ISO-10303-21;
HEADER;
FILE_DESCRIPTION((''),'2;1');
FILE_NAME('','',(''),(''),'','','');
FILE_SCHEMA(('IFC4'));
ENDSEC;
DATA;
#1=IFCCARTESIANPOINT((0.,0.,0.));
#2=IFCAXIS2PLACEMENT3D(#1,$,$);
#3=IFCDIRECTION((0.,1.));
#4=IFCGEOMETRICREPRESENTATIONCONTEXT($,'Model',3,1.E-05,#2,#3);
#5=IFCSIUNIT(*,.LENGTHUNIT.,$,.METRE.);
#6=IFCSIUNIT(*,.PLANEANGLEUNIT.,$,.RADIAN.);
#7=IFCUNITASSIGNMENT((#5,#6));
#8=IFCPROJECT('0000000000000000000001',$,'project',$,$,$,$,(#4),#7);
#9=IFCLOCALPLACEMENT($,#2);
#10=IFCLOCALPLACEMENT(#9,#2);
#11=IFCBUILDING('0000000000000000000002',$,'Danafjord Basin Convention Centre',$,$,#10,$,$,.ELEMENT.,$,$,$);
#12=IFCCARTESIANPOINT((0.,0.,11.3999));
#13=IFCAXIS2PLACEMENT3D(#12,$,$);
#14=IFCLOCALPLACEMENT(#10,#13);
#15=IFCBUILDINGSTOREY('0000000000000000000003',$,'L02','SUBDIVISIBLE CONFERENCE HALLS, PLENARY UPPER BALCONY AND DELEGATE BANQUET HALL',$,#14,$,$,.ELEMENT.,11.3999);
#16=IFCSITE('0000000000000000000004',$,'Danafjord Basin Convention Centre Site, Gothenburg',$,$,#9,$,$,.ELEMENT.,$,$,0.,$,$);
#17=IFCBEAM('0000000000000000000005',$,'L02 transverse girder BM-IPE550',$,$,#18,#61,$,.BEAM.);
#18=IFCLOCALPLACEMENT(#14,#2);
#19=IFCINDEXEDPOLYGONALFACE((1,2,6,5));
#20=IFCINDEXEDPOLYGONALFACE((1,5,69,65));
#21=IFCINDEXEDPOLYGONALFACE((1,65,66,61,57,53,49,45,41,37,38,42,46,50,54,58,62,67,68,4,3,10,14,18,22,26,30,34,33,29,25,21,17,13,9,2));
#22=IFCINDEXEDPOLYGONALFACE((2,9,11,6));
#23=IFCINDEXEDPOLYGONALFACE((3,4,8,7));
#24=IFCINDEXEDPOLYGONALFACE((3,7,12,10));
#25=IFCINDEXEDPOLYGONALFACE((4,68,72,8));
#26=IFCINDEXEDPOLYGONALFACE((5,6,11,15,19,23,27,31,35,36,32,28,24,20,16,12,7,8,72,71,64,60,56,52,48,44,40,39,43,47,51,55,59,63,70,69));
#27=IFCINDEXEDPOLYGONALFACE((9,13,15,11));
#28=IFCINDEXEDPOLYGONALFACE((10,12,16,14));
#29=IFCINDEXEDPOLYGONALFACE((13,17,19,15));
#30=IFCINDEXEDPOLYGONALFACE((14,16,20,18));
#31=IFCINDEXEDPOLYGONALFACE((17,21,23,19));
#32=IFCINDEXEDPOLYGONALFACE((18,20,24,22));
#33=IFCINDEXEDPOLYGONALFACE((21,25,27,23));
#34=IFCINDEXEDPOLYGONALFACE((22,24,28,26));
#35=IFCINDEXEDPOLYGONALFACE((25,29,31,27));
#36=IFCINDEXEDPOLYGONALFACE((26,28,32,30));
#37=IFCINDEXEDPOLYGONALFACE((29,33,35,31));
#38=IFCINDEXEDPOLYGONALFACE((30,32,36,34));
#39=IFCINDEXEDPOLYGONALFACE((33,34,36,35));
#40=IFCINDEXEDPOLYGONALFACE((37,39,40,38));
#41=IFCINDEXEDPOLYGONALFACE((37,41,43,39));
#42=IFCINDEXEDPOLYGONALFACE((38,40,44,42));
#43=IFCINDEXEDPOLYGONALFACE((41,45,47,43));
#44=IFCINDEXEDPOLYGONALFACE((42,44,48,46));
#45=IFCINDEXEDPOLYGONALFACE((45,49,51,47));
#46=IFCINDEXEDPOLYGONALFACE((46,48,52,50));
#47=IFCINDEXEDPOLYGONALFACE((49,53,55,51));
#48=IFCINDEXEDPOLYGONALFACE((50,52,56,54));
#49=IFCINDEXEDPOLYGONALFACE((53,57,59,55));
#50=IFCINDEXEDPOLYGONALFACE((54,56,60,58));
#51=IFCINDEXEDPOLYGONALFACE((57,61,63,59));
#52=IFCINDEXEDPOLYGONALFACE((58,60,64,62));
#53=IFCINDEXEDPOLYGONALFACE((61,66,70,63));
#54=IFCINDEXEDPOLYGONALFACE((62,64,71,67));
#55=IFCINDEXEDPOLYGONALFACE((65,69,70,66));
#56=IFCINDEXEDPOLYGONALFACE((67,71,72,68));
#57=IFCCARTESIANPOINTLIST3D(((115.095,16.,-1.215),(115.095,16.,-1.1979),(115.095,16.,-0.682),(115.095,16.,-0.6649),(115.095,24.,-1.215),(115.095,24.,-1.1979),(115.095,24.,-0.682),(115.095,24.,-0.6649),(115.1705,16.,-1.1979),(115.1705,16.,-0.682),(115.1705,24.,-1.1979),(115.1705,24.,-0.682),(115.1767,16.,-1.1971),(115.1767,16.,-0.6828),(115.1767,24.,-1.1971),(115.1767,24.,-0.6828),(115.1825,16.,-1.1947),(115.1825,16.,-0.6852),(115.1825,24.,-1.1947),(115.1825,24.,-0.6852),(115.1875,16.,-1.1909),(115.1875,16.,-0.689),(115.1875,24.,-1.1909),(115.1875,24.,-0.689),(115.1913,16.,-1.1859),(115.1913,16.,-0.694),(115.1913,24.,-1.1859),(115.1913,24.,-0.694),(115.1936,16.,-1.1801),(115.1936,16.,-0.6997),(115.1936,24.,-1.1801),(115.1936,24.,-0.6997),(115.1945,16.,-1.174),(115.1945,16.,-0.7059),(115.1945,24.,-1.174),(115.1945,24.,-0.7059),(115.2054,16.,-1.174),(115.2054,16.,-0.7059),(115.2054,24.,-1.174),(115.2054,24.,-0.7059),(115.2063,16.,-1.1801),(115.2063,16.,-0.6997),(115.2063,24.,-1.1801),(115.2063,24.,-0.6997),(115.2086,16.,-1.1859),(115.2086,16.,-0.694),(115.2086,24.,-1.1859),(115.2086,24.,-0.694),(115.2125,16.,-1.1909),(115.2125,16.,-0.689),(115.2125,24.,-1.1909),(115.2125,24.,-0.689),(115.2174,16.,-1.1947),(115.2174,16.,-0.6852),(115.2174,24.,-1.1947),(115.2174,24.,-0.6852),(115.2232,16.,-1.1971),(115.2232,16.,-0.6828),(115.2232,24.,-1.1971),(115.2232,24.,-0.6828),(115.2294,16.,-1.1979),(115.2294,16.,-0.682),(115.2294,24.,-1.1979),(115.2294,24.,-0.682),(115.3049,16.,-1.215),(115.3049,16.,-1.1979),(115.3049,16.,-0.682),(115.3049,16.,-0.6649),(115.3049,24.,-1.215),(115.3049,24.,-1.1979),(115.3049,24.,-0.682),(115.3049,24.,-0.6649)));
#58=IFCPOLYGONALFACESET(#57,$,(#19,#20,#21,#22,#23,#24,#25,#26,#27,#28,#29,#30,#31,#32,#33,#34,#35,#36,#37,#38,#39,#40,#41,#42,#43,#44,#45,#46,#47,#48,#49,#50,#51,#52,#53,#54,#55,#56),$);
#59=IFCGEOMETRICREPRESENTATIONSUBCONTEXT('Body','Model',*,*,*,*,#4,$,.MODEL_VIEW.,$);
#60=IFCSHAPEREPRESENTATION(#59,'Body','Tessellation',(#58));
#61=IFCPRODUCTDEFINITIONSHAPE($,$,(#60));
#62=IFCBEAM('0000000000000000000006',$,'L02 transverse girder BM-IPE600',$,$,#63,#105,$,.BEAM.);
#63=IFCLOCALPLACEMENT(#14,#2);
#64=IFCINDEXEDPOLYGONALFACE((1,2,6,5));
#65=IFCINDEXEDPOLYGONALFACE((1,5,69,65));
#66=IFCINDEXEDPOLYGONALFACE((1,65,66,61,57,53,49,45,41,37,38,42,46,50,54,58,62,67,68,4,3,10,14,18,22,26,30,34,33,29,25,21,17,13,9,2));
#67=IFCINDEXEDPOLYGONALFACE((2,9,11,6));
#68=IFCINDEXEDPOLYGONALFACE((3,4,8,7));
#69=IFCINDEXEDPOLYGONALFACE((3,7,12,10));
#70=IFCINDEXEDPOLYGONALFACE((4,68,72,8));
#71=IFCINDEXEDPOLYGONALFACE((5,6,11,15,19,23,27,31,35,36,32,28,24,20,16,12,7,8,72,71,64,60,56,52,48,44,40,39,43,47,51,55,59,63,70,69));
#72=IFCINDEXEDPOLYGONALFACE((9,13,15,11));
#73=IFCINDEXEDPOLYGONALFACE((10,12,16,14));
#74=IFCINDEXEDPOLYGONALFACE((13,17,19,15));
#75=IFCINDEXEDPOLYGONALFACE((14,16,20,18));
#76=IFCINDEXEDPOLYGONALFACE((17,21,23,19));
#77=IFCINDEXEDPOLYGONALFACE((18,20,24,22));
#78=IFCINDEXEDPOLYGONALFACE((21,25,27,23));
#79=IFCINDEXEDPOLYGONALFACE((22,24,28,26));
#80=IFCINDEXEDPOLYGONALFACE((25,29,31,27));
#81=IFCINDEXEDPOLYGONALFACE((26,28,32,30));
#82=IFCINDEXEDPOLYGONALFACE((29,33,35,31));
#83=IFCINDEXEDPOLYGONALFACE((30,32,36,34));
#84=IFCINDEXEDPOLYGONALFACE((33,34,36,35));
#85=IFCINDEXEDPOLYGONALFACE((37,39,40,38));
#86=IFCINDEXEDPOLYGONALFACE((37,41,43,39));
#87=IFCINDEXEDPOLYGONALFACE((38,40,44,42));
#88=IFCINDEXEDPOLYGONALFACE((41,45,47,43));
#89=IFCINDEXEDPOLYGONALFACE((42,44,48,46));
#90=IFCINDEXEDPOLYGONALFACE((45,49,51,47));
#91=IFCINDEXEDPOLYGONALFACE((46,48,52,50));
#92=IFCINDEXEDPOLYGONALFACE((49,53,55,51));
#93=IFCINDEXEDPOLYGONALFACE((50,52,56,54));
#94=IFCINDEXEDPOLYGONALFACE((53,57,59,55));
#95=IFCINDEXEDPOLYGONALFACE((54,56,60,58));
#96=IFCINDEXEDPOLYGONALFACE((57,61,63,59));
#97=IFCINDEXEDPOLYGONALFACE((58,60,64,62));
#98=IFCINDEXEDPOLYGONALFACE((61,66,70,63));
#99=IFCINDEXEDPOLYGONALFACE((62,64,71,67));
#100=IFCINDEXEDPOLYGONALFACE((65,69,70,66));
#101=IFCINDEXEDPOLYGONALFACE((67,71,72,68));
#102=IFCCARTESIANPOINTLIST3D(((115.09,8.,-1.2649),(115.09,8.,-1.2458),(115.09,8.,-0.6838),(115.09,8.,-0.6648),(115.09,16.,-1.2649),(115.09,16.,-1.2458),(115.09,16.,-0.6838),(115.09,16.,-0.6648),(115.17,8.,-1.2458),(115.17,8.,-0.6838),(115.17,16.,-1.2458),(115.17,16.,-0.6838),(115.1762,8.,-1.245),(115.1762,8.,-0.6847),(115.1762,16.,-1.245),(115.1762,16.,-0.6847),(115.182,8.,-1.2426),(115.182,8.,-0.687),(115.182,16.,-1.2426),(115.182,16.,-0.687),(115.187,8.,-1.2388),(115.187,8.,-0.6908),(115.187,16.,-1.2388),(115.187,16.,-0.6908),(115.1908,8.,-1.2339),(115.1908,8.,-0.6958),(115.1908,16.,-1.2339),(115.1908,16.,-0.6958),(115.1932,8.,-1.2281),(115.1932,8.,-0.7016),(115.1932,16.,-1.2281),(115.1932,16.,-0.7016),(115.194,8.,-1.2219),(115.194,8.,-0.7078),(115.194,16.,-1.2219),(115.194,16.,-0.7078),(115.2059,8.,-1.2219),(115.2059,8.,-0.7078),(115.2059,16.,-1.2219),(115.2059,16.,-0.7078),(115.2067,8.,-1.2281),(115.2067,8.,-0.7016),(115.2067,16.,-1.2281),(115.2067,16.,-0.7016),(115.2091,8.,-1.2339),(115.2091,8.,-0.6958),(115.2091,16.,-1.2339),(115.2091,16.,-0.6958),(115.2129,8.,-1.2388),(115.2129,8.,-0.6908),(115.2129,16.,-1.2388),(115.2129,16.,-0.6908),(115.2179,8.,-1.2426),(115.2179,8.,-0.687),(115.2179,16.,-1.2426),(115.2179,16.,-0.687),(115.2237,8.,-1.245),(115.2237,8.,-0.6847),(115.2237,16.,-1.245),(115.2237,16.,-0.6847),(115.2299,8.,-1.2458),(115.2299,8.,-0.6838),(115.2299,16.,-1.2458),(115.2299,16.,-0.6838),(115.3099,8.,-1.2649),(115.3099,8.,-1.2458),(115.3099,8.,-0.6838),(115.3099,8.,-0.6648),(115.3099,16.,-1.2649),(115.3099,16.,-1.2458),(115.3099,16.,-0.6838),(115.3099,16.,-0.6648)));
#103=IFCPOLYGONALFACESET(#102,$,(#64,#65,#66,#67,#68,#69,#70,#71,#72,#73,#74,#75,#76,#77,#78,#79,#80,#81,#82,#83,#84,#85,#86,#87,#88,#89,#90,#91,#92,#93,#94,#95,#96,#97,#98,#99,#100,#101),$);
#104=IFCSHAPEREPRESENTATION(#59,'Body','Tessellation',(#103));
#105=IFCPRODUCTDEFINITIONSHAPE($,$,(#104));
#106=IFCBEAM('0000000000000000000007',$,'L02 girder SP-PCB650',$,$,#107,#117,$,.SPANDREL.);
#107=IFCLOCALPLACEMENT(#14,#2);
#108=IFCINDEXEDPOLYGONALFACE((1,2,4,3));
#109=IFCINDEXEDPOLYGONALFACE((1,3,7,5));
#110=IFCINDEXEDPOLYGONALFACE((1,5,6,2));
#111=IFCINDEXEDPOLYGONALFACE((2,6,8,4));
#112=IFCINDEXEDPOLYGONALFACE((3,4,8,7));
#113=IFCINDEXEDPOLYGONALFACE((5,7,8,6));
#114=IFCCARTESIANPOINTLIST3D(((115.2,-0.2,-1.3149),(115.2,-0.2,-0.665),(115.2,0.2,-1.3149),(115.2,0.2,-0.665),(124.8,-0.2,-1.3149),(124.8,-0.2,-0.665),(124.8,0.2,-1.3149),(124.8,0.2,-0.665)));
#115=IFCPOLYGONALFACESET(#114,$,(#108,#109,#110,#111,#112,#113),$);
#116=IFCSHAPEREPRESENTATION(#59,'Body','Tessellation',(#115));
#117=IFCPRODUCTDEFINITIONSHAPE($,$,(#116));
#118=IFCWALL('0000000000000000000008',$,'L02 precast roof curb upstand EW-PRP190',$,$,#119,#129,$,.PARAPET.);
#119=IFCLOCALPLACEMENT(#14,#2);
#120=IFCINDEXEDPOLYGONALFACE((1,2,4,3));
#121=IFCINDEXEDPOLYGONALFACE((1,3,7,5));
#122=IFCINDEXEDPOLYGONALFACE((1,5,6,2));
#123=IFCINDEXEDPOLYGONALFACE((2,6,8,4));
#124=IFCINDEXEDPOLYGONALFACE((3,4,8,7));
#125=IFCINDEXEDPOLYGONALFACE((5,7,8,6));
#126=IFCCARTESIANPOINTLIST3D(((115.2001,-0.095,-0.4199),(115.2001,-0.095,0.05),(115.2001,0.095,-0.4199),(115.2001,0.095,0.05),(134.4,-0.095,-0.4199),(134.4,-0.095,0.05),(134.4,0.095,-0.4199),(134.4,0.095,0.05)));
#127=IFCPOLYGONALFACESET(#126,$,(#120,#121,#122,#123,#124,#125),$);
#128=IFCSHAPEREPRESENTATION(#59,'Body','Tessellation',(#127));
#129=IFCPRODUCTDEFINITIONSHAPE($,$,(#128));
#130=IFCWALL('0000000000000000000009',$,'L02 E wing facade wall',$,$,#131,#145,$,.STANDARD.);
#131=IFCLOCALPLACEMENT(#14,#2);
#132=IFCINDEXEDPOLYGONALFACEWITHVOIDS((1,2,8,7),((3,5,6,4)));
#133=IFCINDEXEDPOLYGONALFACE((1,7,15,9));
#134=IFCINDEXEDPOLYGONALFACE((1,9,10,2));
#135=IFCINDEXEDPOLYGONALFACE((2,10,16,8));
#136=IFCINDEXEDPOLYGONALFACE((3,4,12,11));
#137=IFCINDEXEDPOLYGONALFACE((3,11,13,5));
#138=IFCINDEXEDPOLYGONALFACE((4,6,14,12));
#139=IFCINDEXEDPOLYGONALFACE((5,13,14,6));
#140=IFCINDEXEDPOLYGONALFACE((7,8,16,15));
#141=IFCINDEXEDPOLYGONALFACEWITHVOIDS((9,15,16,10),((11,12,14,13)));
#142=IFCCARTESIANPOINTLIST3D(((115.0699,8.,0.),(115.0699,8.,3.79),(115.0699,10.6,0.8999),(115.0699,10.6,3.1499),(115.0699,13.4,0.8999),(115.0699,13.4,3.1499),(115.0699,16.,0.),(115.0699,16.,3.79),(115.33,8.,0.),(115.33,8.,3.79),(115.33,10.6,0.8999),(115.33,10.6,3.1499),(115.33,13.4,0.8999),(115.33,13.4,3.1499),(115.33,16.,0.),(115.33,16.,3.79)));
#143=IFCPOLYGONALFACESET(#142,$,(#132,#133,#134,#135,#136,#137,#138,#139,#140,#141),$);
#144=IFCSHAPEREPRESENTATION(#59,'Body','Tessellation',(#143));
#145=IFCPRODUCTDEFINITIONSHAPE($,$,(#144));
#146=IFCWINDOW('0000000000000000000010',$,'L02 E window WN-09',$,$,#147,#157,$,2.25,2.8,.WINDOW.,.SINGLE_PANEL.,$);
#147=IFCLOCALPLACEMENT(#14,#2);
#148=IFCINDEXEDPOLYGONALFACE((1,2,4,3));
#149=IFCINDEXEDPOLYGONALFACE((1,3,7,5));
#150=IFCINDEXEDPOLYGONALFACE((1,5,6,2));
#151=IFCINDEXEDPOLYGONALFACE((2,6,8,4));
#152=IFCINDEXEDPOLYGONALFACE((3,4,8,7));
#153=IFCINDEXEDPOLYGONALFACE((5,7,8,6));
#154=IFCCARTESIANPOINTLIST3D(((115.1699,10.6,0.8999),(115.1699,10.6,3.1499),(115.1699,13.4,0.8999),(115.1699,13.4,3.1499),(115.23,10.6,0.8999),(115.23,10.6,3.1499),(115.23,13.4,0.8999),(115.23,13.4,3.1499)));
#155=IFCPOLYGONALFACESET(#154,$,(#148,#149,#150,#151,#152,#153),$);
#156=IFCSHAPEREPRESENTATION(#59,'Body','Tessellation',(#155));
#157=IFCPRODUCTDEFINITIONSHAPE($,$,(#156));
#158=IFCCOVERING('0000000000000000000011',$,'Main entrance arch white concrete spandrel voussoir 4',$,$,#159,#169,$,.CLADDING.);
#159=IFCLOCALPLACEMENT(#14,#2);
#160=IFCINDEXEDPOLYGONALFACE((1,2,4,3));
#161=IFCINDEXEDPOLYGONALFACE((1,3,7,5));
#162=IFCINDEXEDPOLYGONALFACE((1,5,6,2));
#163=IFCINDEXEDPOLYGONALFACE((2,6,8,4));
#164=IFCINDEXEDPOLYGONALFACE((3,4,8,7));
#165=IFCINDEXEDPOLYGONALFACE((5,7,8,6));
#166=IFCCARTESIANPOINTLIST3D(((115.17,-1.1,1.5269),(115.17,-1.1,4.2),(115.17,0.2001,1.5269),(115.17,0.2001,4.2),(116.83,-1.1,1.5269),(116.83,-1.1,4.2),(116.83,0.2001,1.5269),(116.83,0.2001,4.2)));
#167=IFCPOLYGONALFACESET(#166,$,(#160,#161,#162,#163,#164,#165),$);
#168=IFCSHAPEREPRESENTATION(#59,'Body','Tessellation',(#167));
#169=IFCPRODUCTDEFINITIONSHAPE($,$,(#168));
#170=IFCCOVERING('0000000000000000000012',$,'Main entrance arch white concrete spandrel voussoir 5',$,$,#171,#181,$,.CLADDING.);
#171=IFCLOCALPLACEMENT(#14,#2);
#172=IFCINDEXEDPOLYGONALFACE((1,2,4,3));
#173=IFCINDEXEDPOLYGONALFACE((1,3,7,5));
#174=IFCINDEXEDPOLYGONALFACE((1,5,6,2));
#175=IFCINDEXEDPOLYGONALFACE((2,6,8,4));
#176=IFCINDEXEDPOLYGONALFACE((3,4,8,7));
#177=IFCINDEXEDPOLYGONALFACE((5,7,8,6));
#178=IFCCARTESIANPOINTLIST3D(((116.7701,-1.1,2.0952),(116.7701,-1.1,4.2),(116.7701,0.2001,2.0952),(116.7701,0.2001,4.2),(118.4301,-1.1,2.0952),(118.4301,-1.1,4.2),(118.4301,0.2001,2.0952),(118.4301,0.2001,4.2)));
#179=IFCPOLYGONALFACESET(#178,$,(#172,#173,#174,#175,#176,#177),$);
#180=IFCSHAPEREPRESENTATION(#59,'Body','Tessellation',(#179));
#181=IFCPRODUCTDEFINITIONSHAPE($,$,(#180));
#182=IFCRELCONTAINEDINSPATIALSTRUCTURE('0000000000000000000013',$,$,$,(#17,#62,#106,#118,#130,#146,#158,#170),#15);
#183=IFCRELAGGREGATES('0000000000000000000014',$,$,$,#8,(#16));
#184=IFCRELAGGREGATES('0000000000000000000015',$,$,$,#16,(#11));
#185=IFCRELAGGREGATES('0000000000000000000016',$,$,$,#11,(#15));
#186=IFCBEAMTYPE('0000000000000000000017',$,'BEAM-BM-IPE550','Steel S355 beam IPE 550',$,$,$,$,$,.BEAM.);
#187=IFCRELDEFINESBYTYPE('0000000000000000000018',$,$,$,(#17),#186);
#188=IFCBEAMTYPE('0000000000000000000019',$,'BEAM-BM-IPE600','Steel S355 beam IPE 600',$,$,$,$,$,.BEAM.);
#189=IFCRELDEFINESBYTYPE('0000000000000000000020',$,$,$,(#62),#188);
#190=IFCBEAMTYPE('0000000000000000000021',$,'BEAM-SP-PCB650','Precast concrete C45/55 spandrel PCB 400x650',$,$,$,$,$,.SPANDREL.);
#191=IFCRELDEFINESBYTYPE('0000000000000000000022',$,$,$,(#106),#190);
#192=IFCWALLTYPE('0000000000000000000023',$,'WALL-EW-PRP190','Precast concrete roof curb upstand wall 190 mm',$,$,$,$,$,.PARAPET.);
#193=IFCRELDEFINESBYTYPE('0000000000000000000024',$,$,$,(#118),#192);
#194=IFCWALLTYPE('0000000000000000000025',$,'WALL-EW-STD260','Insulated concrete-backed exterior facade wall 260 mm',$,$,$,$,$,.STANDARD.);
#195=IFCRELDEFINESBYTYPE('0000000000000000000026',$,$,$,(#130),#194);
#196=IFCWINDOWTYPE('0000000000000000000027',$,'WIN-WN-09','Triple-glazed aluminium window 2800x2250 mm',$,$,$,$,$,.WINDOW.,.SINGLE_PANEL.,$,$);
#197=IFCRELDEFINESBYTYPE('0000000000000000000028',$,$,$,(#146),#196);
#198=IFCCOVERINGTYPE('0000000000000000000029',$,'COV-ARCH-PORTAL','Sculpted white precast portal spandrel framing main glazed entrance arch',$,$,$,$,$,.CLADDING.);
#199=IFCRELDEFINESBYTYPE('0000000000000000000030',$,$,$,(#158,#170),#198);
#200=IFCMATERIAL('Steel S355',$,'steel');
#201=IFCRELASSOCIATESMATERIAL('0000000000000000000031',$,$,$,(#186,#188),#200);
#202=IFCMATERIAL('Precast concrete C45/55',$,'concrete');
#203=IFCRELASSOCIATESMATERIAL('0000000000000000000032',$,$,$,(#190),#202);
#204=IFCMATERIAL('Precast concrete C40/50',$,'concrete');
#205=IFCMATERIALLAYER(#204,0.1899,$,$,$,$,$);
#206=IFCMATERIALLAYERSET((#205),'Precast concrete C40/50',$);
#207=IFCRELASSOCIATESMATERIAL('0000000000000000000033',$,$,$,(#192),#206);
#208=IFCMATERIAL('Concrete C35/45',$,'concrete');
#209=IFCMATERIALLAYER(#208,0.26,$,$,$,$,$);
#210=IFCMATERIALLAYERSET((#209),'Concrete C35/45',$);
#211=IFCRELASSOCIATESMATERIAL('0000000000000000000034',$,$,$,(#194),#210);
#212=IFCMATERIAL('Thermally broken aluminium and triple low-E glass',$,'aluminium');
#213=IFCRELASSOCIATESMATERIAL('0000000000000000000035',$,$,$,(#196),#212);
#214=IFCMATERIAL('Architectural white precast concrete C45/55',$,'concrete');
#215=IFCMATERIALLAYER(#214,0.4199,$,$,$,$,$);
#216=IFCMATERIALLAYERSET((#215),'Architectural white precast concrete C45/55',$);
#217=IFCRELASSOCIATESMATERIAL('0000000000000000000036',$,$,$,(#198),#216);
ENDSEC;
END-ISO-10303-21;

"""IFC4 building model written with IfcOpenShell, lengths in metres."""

from ifc_helpers import new_model, si_unit, direction, frame, frame_2d, origin, origin_2d, place, context, subcontext, project, spatial, rectangle, i_section, extrude, material, layer, layer_set, material_profile, profile_set, type_object, element, fill, save


model = new_model("IFC4")

# Units and contexts
model_context = context("Model", 3, precision=1e-05, world=origin(), true_north=direction((0.0, 1.0)))
body_context = subcontext(model_context, "Body", "Model", "MODEL_VIEW")
ifc_project = project(units=[si_unit("LENGTHUNIT", "METRE"), si_unit("PLANEANGLEUNIT", "RADIAN")], contexts=[model_context])

# Site, building, storey
site_placement = place(None, origin())
site = spatial("IfcSite", under=ifc_project, at=site_placement, Name="Danafjord Basin Convention Centre Site, Gothenburg", CompositionType="ELEMENT", RefElevation=0.0)
building_placement = place(site_placement, origin())
building = spatial("IfcBuilding", under=site, at=building_placement, Name="Danafjord Basin Convention Centre", CompositionType="ELEMENT")
storey_placement = place(building_placement, frame((0.0, 0.0, 11.3999)))
storey = spatial("IfcBuildingStorey", under=building, at=storey_placement, Name="L02", Description="SUBDIVISIBLE CONFERENCE HALLS, PLENARY UPPER BALCONY AND DELEGATE BANQUET HALL", CompositionType="ELEMENT", Elevation=11.3999)

# Shared definitions
ifc_material_1 = material(Name="Steel S355", Category="steel")

# Beams
ifc_material_profile_1 = material_profile(ifc_material_1, i_section(OverallWidth=0.21, OverallDepth=0.55, WebThickness=0.011, FlangeThickness=0.0171, FilletRadius=0.0239, at=origin_2d()), Name="IPE 550")
ifc_profile_set_1 = profile_set([ifc_material_profile_1], Name="Steel S355")
beam_type_1 = type_object("IfcBeamType", Name="BEAM-BM-IPE550", Description="Steel S355 beam IPE 550", PredefinedType="BEAM", material=ifc_profile_set_1)
beam_1_placement = place(storey_placement, frame((115.2, 16.0, -0.9399), z_axis=(0.0, 1.0, 0.0), x_axis=(-1.0, 0.0, 0.0)))
element("IfcBeam", 1, at=beam_1_placement, inside=storey, type_object=beam_type_1, Name="L02 transverse girder BM-IPE550", PredefinedType="BEAM", context=body_context, shape_type="SweptSolid", body=[
    extrude(i_section(OverallWidth=0.21, OverallDepth=0.55, WebThickness=0.011, FlangeThickness=0.0171, FilletRadius=0.0239, at=origin_2d()), origin(), (0.0, 0.0, 1.0), 8.0),
])
ifc_material_profile_2 = material_profile(ifc_material_1, i_section(OverallWidth=0.22, OverallDepth=0.6001, WebThickness=0.012, FlangeThickness=0.019, FilletRadius=0.0239, at=origin_2d()), Name="IPE 600")
ifc_profile_set_2 = profile_set([ifc_material_profile_2], Name="Steel S355")
beam_type_2 = type_object("IfcBeamType", Name="BEAM-BM-IPE600", Description="Steel S355 beam IPE 600", PredefinedType="BEAM", material=ifc_profile_set_2)
beam_2_placement = place(storey_placement, frame((115.2, 8.0, -0.9648), z_axis=(0.0, 1.0, 0.0), x_axis=(-1.0, 0.0, 0.0)))
element("IfcBeam", 2, at=beam_2_placement, inside=storey, type_object=beam_type_2, Name="L02 transverse girder BM-IPE600", PredefinedType="BEAM", context=body_context, shape_type="SweptSolid", body=[
    extrude(i_section(OverallWidth=0.22, OverallDepth=0.6001, WebThickness=0.012, FlangeThickness=0.019, FilletRadius=0.0239, at=origin_2d()), origin(), (0.0, 0.0, 1.0), 8.0),
])
ifc_material_2 = material(Name="Precast concrete C45/55", Category="concrete")
ifc_material_profile_3 = material_profile(ifc_material_2, rectangle(XDim=0.3999, YDim=0.6499, at=origin_2d()), Name="PCB 400x650")
ifc_profile_set_3 = profile_set([ifc_material_profile_3], Name="Precast concrete C45/55")
beam_type_3 = type_object("IfcBeamType", Name="BEAM-SP-PCB650", Description="Precast concrete C45/55 spandrel PCB 400x650", PredefinedType="SPANDREL", material=ifc_profile_set_3)
beam_3_placement = place(storey_placement, frame((115.2, 0.0, -0.99), z_axis=(1.0, 0.0, 0.0), x_axis=(0.0, 1.0, 0.0)))
element("IfcBeam", 3, at=beam_3_placement, inside=storey, type_object=beam_type_3, Name="L02 girder SP-PCB650", PredefinedType="SPANDREL", context=body_context, shape_type="SweptSolid", body=[
    extrude(rectangle(XDim=0.3999, YDim=0.6499, at=origin_2d()), origin(), (0.0, 0.0, 1.0), 9.6001),
])

# Wall
ifc_material_3 = material(Name="Precast concrete C40/50", Category="concrete")
ifc_layer_1 = layer(ifc_material_3, 0.1899)
ifc_layer_set_1 = layer_set([ifc_layer_1], Name="Precast concrete C40/50")
wall_type_1 = type_object("IfcWallType", Name="WALL-EW-PRP190", Description="Precast concrete roof curb upstand wall 190 mm", PredefinedType="PARAPET", material=ifc_layer_set_1)
wall_1_placement = place(storey_placement, frame((115.2, 0.0, -0.4199), z_axis=(0.0, 0.0, 1.0), x_axis=(1.0, 0.0, 0.0)))
element("IfcWall", 4, at=wall_1_placement, inside=storey, type_object=wall_type_1, Name="L02 precast roof curb upstand EW-PRP190", PredefinedType="PARAPET", context=body_context, shape_type="SweptSolid", body=[
    extrude(rectangle(XDim=19.2, YDim=0.1899, at=frame_2d((9.6001, 0.0))), origin(), (0.0, 0.0, 1.0), 0.47),
])

# Wall, opening, window
ifc_material_4 = material(Name="Concrete C35/45", Category="concrete")
ifc_layer_2 = layer(ifc_material_4, 0.26)
ifc_layer_set_2 = layer_set([ifc_layer_2], Name="Concrete C35/45")
wall_type_2 = type_object("IfcWallType", Name="WALL-EW-STD260", Description="Insulated concrete-backed exterior facade wall 260 mm", PredefinedType="STANDARD", material=ifc_layer_set_2)
wall_2_placement = place(storey_placement, frame((115.2, 8.0, 0.0), z_axis=(0.0, 0.0, 1.0), x_axis=(0.0, 1.0, 0.0)))
wall_2 = element("IfcWall", 5, at=wall_2_placement, inside=storey, type_object=wall_type_2, Name="L02 E wing facade wall", PredefinedType="STANDARD", context=body_context, shape_type="SweptSolid", body=[
    extrude(rectangle(XDim=8.0, YDim=0.26, at=frame_2d((4.0, 0.0))), origin(), (0.0, 0.0, 1.0), 3.79),
])
opening_placement = place(wall_2_placement, frame((2.6001, 0.0, 0.8999)))
opening = element("IfcOpeningElement", 6, at=opening_placement, cuts=wall_2, PredefinedType="OPENING", context=body_context, shape_type="SweptSolid", body=[
    extrude(rectangle(XDim=2.8, YDim=2.25, at=frame_2d((1.3999, 1.125))), frame((0.0, 0.1399, 0.0), z_axis=(0.0, -1.0, 0.0), x_axis=(1.0, 0.0, 0.0)), (0.0, 0.0, 1.0), 0.28),
])
ifc_material_5 = material(Name="Thermally broken aluminium and triple low-E glass", Category="aluminium")
window_type = type_object("IfcWindowType", Name="WIN-WN-09", Description="Triple-glazed aluminium window 2800x2250 mm", PartitioningType="SINGLE_PANEL", PredefinedType="WINDOW", material=ifc_material_5)
window_placement = place(opening_placement, origin())
window = element("IfcWindow", 7, at=window_placement, inside=storey, type_object=window_type, Name="L02 E window WN-09", OverallHeight=2.25, OverallWidth=2.8, PartitioningType="SINGLE_PANEL", PredefinedType="WINDOW", context=body_context, shape_type="SweptSolid", body=[
    extrude(rectangle(XDim=2.8, YDim=2.25, at=frame_2d((1.3999, 1.125))), frame((0.0, 0.03, 0.0), z_axis=(0.0, -1.0, 0.0), x_axis=(1.0, 0.0, 0.0)), (0.0, 0.0, 1.0), 0.0601),
])
fill(opening, window)

# Coverings
ifc_material_6 = material(Name="Architectural white precast concrete C45/55", Category="concrete")
ifc_layer_3 = layer(ifc_material_6, 0.4199)
ifc_layer_set_3 = layer_set([ifc_layer_3], Name="Architectural white precast concrete C45/55")
covering_type = type_object("IfcCoveringType", Name="COV-ARCH-PORTAL", Description="Sculpted white precast portal spandrel framing main glazed entrance arch", PredefinedType="CLADDING", material=ifc_layer_set_3)
covering_1_placement = place(storey_placement, frame((116.0, -0.45, 1.5269), z_axis=(0.0, 0.0, 1.0), x_axis=(1.0, 0.0, 0.0)))
element("IfcCovering", 8, at=covering_1_placement, inside=storey, type_object=covering_type, Name="Main entrance arch white concrete spandrel voussoir 4", PredefinedType="CLADDING", context=body_context, shape_type="SweptSolid", body=[
    extrude(rectangle(XDim=1.6599, YDim=1.3, at=origin_2d()), origin(), (0.0, 0.0, 1.0), 2.6731),
])
covering_2_placement = place(storey_placement, frame((117.6001, -0.45, 2.0952), z_axis=(0.0, 0.0, 1.0), x_axis=(1.0, 0.0, 0.0)))
element("IfcCovering", 9, at=covering_2_placement, inside=storey, type_object=covering_type, Name="Main entrance arch white concrete spandrel voussoir 5", PredefinedType="CLADDING", context=body_context, shape_type="SweptSolid", body=[
    extrude(rectangle(XDim=1.6599, YDim=1.3, at=origin_2d()), origin(), (0.0, 0.0, 1.0), 2.1047),
])

save(model, "model.ifc")
